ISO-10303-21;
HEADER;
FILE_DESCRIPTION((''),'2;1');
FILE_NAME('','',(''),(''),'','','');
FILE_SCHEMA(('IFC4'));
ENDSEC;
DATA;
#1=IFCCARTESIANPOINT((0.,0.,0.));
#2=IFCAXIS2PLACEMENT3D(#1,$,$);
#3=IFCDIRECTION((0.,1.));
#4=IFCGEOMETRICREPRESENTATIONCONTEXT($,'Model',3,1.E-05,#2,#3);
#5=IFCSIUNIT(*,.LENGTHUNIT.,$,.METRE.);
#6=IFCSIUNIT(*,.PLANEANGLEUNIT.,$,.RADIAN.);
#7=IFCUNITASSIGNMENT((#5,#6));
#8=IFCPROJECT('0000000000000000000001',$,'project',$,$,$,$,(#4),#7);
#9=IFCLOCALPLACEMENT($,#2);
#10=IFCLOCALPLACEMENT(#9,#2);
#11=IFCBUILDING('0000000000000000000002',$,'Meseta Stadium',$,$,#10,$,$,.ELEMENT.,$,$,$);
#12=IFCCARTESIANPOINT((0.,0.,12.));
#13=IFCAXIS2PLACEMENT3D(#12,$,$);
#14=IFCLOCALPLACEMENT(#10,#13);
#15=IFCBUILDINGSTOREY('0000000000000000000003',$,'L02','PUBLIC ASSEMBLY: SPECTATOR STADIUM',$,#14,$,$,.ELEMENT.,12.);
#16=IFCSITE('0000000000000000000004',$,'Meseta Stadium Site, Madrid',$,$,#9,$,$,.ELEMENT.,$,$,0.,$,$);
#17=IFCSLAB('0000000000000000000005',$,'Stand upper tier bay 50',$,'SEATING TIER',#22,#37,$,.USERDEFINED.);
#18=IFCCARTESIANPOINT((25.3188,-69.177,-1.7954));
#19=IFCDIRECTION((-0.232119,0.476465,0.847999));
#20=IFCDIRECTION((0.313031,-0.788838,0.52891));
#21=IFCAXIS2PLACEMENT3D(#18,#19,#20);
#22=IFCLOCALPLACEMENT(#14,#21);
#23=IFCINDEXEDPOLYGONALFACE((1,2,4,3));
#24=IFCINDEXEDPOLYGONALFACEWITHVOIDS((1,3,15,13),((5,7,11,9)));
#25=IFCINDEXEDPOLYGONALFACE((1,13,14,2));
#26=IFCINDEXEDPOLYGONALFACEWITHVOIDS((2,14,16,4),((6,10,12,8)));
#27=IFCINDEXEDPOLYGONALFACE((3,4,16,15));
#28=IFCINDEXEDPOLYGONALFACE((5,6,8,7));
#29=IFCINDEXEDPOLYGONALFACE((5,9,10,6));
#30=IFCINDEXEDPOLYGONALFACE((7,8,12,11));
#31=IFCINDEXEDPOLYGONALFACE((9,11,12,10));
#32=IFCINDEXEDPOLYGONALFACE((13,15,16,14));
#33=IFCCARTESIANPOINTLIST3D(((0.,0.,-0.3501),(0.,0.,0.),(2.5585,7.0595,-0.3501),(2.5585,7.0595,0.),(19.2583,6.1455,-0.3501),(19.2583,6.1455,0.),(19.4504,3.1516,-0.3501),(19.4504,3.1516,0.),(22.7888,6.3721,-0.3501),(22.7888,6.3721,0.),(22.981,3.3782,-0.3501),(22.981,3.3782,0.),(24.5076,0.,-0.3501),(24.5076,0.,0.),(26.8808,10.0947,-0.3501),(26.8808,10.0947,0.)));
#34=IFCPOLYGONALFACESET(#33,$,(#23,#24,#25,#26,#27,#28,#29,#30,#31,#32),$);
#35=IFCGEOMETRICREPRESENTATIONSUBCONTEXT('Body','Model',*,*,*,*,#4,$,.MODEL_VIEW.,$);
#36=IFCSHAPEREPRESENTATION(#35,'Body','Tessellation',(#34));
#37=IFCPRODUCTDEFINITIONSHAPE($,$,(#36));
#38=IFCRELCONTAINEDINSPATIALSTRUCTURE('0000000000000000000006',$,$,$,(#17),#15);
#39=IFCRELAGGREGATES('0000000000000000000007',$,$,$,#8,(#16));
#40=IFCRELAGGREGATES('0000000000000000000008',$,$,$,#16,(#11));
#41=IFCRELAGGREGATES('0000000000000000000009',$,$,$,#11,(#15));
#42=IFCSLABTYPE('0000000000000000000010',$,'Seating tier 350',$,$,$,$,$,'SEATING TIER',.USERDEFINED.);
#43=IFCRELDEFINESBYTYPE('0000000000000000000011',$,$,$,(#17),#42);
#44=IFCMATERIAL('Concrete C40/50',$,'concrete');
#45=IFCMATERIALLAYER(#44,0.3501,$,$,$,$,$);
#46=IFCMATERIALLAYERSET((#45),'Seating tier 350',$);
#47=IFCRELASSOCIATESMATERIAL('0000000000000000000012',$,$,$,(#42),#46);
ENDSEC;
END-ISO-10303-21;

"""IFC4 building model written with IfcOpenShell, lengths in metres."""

from ifc_helpers import new_model, si_unit, direction, frame, origin, place, context, subcontext, project, spatial, polyline, outline, extrude, material, layer, layer_set, type_object, element, save


model = new_model("IFC4")

# Units and contexts
model_context = context("Model", 3, precision=1e-05, world=origin(), true_north=direction((0.0, 1.0)))
body_context = subcontext(model_context, "Body", "Model", "MODEL_VIEW")
ifc_project = project(units=[si_unit("LENGTHUNIT", "METRE"), si_unit("PLANEANGLEUNIT", "RADIAN")], contexts=[model_context])

# Site, building, storey
site_placement = place(None, origin())
site = spatial("IfcSite", under=ifc_project, at=site_placement, Name="Meseta Stadium Site, Madrid", CompositionType="ELEMENT", RefElevation=0.0)
building_placement = place(site_placement, origin())
building = spatial("IfcBuilding", under=site, at=building_placement, Name="Meseta Stadium", CompositionType="ELEMENT")
storey_placement = place(building_placement, frame((0.0, 0.0, 12.0)))
storey = spatial("IfcBuildingStorey", under=building, at=storey_placement, Name="L02", Description="PUBLIC ASSEMBLY: SPECTATOR STADIUM", CompositionType="ELEMENT", Elevation=12.0)

# Slab
ifc_material_1 = material(Name="Concrete C40/50", Category="concrete")
ifc_layer_1 = layer(ifc_material_1, 0.3501)
ifc_layer_set_1 = layer_set([ifc_layer_1], Name="Seating tier 350")
slab_type = type_object("IfcSlabType", Name="Seating tier 350", ElementType="SEATING TIER", PredefinedType="USERDEFINED", material=ifc_layer_set_1)
slab_placement = place(storey_placement, frame((25.3188, -69.177, -1.7954), z_axis=(-0.232119, 0.476465, 0.847999), x_axis=(0.313031, -0.788838, 0.52891)))
element("IfcSlab", 1, at=slab_placement, inside=storey, type_object=slab_type, Name="Stand upper tier bay 50", ObjectType="SEATING TIER", PredefinedType="USERDEFINED", context=body_context, shape_type="SweptSolid", body=[
    extrude(outline(polyline([(0.0, 0.0), (24.5076, 0.0), (26.8808, 10.0947), (2.5585, 7.0595), (0.0, 0.0)]), holes=[polyline([(19.4504, 3.1516), (22.981, 3.3782), (22.7888, 6.3721), (19.2583, 6.1455), (19.4504, 3.1516)])]), origin(), (0.0, 0.0, -1.0), 0.3501),
])

save(model, "model.ifc")
